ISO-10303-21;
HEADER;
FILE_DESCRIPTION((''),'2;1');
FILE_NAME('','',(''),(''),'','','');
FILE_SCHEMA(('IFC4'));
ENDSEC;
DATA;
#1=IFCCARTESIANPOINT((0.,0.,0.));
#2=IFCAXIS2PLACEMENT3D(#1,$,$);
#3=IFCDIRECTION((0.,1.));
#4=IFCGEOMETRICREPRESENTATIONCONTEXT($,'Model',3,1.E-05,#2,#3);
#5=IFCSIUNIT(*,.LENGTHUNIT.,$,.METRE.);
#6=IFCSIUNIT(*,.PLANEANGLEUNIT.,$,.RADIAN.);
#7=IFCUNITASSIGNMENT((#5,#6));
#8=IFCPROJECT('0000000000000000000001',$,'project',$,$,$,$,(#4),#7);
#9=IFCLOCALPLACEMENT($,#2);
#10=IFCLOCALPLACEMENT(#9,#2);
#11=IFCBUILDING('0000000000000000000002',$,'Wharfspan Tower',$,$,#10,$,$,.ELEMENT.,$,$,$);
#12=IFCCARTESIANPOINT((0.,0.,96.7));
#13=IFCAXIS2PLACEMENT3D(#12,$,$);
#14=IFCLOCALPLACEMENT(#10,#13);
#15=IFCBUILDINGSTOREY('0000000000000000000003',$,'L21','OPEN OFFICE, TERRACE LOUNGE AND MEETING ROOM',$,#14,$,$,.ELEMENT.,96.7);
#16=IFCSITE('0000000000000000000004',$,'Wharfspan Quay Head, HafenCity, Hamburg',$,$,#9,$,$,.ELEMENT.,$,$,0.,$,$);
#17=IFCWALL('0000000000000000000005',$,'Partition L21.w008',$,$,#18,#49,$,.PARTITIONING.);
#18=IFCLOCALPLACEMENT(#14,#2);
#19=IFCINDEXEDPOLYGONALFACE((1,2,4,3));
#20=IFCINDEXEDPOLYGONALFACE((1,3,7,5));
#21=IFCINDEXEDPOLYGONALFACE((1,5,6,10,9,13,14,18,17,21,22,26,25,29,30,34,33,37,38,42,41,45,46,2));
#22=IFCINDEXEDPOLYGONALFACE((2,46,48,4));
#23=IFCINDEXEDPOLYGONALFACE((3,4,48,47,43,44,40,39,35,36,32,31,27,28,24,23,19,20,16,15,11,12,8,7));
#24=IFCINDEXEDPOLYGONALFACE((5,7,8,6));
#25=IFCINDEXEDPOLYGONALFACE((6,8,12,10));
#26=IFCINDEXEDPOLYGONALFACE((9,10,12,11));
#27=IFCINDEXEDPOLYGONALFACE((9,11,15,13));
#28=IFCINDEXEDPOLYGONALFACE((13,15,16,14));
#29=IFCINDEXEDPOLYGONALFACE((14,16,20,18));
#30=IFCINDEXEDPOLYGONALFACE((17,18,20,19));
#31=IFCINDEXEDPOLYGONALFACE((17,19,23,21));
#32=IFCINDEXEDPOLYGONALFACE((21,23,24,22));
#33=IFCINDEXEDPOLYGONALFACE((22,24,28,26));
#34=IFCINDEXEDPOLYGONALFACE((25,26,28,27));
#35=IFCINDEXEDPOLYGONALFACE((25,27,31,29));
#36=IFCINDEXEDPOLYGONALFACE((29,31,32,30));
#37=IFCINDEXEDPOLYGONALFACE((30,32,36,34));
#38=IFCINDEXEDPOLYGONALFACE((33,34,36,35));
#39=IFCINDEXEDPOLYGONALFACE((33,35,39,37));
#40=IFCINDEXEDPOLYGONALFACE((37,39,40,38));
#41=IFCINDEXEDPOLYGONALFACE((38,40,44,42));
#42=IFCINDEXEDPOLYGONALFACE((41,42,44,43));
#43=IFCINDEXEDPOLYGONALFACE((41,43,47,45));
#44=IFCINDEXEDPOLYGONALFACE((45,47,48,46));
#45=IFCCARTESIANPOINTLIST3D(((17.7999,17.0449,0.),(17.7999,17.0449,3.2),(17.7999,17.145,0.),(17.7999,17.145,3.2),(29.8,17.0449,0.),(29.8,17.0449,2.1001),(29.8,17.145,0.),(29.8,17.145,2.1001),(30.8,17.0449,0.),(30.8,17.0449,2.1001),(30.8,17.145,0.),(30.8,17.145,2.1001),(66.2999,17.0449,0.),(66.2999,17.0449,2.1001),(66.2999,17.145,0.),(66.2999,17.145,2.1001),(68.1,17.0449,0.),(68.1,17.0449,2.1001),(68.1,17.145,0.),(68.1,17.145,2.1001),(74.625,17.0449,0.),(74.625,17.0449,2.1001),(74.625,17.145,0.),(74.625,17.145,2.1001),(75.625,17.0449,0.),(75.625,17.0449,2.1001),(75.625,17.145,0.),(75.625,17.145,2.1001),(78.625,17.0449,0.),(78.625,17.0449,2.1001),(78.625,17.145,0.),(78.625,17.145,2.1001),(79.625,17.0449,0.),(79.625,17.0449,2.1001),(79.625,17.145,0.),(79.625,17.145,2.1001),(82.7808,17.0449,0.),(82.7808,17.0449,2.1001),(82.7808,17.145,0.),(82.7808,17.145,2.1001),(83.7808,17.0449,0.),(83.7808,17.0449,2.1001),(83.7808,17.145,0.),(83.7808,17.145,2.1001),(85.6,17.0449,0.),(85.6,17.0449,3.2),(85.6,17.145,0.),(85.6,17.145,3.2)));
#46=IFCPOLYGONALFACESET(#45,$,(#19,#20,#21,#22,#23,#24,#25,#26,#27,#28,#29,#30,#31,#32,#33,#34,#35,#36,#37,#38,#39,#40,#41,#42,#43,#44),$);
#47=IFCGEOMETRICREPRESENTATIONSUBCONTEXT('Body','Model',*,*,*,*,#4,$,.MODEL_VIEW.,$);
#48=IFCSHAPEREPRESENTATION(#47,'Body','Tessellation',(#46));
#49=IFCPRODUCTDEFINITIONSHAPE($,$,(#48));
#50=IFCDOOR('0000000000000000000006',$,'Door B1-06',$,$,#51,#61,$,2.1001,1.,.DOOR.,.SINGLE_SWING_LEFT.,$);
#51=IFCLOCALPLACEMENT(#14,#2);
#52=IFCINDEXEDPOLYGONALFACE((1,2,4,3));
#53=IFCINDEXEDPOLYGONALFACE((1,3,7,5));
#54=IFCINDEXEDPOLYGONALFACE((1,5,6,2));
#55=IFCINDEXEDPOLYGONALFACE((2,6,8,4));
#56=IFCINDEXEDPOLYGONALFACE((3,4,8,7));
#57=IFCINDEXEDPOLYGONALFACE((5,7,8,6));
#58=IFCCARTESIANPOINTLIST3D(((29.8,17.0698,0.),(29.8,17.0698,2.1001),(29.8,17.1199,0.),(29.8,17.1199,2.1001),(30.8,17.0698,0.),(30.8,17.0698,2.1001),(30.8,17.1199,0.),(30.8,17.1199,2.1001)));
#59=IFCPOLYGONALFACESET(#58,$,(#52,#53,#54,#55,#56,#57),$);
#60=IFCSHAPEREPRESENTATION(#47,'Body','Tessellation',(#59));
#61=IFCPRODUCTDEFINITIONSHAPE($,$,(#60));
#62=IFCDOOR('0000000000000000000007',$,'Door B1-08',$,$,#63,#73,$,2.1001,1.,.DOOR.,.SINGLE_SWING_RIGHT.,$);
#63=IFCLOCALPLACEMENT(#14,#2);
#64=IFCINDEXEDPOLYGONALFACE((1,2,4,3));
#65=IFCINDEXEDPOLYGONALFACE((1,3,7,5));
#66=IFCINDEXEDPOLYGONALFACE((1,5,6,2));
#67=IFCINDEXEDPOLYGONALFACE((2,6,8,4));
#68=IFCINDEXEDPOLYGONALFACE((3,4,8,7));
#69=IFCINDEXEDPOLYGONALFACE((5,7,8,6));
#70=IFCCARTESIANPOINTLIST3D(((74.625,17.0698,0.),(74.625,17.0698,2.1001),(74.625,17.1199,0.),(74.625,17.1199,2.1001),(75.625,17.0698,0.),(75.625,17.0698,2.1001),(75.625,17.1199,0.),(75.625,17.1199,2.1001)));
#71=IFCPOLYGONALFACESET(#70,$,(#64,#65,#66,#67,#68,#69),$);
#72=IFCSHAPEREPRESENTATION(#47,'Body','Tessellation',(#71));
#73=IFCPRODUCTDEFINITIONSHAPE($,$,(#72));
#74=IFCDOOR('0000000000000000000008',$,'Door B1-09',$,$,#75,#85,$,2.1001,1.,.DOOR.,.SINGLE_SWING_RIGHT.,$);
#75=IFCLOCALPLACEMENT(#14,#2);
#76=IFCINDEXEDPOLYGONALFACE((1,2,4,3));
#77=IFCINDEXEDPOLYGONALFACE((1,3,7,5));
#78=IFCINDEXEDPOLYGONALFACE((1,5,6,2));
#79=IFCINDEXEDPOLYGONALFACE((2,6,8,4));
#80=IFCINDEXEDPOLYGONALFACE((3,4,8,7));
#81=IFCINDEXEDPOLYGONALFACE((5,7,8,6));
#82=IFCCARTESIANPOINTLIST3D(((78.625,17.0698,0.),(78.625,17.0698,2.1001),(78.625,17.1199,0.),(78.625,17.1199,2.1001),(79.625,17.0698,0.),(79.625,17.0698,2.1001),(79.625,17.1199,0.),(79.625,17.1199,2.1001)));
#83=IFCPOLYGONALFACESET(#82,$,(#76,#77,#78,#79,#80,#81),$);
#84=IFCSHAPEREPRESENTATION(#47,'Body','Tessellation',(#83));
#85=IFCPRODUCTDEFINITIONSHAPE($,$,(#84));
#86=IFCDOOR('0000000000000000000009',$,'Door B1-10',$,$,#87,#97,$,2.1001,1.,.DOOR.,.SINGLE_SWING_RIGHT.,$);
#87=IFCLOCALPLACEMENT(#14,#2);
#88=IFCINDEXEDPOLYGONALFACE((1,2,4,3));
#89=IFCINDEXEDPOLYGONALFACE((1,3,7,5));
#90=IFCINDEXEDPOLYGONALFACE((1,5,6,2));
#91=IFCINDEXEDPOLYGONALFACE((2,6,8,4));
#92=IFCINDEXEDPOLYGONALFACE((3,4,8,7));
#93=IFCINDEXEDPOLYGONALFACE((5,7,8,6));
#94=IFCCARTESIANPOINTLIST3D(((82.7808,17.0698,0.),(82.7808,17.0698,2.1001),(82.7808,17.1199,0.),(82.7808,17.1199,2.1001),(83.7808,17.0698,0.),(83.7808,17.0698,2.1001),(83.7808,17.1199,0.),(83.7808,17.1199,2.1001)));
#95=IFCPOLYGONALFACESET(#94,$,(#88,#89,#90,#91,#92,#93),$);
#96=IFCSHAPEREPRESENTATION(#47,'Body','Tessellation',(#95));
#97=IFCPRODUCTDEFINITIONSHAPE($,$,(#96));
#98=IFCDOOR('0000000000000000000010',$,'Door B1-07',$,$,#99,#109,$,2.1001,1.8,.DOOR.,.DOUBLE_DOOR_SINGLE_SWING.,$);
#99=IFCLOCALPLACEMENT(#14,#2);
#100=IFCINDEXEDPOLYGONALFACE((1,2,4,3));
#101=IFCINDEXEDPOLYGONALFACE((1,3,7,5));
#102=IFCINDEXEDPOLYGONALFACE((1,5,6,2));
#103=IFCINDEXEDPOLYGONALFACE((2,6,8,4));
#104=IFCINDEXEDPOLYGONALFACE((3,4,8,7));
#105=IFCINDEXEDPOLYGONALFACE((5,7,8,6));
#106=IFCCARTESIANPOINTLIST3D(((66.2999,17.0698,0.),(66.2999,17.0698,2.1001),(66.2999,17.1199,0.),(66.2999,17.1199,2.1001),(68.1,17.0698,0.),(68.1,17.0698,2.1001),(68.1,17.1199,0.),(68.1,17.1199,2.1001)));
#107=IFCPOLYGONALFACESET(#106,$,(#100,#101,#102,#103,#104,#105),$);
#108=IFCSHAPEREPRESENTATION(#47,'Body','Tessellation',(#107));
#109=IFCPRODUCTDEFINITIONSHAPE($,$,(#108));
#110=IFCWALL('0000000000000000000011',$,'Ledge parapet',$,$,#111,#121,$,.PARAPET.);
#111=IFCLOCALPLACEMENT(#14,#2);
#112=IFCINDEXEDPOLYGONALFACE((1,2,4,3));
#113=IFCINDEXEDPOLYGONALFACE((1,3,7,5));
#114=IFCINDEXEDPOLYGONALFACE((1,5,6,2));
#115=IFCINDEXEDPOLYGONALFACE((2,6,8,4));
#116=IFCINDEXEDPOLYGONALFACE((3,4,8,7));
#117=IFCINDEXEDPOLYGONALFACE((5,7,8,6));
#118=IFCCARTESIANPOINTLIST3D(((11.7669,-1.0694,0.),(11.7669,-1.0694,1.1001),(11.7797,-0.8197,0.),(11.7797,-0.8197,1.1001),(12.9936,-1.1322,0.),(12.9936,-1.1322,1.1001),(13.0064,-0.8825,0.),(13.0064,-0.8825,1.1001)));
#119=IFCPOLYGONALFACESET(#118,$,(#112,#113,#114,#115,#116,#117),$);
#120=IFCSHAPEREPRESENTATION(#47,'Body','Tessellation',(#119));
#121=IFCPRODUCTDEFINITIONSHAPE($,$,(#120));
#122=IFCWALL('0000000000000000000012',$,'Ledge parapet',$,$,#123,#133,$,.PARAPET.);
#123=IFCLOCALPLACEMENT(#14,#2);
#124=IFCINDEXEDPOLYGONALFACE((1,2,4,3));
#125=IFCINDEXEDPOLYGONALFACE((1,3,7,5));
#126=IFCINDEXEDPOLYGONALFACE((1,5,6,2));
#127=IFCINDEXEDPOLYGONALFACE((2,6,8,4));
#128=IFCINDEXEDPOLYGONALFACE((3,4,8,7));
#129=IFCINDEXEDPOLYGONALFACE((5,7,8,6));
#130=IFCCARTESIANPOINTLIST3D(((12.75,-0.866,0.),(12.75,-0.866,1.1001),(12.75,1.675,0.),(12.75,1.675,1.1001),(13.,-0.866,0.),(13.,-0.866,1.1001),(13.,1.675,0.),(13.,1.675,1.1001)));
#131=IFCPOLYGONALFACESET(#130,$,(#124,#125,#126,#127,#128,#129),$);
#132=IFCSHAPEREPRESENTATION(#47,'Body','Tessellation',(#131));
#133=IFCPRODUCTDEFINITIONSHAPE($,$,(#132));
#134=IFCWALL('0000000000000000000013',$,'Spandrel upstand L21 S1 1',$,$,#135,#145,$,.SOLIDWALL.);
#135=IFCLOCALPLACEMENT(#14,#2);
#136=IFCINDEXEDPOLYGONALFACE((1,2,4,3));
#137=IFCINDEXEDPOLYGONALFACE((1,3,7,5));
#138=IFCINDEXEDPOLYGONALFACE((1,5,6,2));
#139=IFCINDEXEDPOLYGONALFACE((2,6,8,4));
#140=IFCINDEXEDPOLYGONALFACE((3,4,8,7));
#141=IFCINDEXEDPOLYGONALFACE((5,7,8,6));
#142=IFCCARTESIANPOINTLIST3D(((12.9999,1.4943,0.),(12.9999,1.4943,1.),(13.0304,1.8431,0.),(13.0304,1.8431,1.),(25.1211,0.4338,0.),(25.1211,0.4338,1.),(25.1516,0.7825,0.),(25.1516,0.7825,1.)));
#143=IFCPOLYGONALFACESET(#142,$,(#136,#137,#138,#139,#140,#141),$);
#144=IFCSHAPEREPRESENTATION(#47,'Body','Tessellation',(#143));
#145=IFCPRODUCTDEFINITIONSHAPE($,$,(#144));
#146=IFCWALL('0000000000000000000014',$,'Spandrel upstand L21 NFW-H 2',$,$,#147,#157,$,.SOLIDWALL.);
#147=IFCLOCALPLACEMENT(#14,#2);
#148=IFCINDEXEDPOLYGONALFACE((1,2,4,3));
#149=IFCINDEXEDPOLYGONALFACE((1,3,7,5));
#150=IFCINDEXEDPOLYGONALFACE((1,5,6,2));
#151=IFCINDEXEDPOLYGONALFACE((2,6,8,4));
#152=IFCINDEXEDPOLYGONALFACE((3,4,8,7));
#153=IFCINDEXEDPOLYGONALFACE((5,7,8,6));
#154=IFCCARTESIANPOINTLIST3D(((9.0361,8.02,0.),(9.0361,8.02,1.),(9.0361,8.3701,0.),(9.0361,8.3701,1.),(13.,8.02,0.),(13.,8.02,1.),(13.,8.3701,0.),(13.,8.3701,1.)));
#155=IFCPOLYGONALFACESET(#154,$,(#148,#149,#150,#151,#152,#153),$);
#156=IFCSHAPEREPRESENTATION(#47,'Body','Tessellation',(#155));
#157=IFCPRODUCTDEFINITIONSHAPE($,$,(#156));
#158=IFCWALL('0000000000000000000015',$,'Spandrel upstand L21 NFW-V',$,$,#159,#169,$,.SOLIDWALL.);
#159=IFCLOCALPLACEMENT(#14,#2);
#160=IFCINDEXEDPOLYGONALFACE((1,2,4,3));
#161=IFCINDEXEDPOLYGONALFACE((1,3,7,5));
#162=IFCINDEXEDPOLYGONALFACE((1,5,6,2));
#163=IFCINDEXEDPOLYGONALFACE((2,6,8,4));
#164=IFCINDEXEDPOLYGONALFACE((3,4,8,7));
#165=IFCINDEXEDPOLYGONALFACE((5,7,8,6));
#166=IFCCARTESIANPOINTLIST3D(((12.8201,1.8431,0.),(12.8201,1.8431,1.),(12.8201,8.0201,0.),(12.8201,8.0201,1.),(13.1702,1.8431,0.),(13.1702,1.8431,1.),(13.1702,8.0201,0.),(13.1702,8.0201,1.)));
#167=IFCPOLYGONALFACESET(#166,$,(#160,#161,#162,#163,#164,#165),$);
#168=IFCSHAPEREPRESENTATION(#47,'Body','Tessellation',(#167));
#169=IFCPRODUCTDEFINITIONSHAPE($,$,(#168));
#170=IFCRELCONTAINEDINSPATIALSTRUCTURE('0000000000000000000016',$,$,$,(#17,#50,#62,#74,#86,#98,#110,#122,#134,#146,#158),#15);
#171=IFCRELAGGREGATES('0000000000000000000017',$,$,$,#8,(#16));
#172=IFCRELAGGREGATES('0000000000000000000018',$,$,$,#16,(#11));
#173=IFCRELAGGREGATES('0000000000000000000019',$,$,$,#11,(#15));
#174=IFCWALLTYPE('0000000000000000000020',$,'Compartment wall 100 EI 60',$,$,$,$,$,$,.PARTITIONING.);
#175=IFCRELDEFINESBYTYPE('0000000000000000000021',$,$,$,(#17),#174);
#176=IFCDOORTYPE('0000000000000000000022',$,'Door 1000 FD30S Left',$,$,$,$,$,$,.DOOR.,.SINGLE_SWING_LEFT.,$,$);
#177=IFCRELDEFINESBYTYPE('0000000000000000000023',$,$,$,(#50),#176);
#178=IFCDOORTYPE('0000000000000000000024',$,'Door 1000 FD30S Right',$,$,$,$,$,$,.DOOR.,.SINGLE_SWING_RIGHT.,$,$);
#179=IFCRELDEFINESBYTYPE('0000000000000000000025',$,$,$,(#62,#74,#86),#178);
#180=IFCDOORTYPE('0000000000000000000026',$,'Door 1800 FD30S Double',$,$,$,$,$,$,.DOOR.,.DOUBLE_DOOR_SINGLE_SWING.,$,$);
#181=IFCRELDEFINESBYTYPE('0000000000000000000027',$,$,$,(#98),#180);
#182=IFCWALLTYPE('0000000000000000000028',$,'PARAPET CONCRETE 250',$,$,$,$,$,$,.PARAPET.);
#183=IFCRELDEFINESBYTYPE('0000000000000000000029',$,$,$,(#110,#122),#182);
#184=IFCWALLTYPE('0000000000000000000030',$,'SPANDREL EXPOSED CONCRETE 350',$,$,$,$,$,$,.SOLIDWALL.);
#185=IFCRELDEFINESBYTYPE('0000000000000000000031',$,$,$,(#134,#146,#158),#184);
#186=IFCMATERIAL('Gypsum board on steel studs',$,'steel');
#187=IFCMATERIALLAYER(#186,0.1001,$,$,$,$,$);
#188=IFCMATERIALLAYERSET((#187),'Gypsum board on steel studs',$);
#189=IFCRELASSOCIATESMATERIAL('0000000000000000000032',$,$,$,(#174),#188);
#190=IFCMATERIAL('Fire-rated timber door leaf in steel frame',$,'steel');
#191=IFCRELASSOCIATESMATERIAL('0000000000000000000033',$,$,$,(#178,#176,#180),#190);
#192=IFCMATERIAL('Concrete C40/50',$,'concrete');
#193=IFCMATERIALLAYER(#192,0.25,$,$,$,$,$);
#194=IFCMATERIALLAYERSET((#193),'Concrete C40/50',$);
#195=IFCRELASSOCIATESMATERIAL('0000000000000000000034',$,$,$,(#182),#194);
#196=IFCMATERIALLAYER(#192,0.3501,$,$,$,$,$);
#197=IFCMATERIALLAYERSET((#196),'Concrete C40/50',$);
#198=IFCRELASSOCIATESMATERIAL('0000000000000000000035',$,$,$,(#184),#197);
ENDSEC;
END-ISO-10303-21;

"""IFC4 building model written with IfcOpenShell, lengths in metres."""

from ifc_helpers import new_model, si_unit, direction, frame, frame_2d, origin, place, context, subcontext, project, spatial, rectangle, extrude, material, layer, layer_set, type_object, element, fill, save


model = new_model("IFC4")

# Units and contexts
model_context = context("Model", 3, precision=1e-05, world=origin(), true_north=direction((0.0, 1.0)))
body_context = subcontext(model_context, "Body", "Model", "MODEL_VIEW")
ifc_project = project(units=[si_unit("LENGTHUNIT", "METRE"), si_unit("PLANEANGLEUNIT", "RADIAN")], contexts=[model_context])

# Site, building, storey
site_placement = place(None, origin())
site = spatial("IfcSite", under=ifc_project, at=site_placement, Name="Wharfspan Quay Head, HafenCity, Hamburg", CompositionType="ELEMENT", RefElevation=0.0)
building_placement = place(site_placement, origin())
building = spatial("IfcBuilding", under=site, at=building_placement, Name="Wharfspan Tower", CompositionType="ELEMENT")
storey_placement = place(building_placement, frame((0.0, 0.0, 96.7)))
storey = spatial("IfcBuildingStorey", under=building, at=storey_placement, Name="L21", Description="OPEN OFFICE, TERRACE LOUNGE AND MEETING ROOM", CompositionType="ELEMENT", Elevation=96.7)

# Shared definitions
ifc_material_1 = material(Name="Gypsum board on steel studs", Category="steel")
ifc_layer_1 = layer(ifc_material_1, 0.1001)
ifc_layer_set_1 = layer_set([ifc_layer_1], Name="Gypsum board on steel studs")
wall_type_1 = type_object("IfcWallType", Name="Compartment wall 100 EI 60", PredefinedType="PARTITIONING", material=ifc_layer_set_1)
ifc_material_2 = material(Name="Fire-rated timber door leaf in steel frame", Category="steel")
door_type_1 = type_object("IfcDoorType", Name="Door 1000 FD30S Right", OperationType="SINGLE_SWING_RIGHT", PredefinedType="DOOR", material=ifc_material_2)

# Wall, openings, doors
wall_1_placement = place(storey_placement, frame((17.8, 17.095, 0.0), z_axis=(0.0, 0.0, 1.0), x_axis=(1.0, 0.0, 0.0)))
wall_1 = element("IfcWall", 1, at=wall_1_placement, inside=storey, type_object=wall_type_1, Name="Partition L21.w008", PredefinedType="PARTITIONING", context=body_context, shape_type="SweptSolid", body=[
    extrude(rectangle(XDim=67.8, YDim=0.1001, at=frame_2d((33.8999, 0.0))), origin(), (0.0, 0.0, 1.0), 3.2),
])
opening_1_placement = place(wall_1_placement, frame((12.0, 0.0, 0.0)))
opening_1 = element("IfcOpeningElement", 2, at=opening_1_placement, cuts=wall_1, PredefinedType="OPENING", context=body_context, shape_type="SweptSolid", body=[
    extrude(rectangle(XDim=1.0, YDim=2.1001, at=frame_2d((0.5, 1.05))), frame((0.0, 0.0601, 0.0), z_axis=(0.0, -1.0, 0.0), x_axis=(1.0, 0.0, 0.0)), (0.0, 0.0, 1.0), 0.1201),
])
opening_2_placement = place(wall_1_placement, frame((48.5, 0.0, 0.0)))
opening_2 = element("IfcOpeningElement", 3, at=opening_2_placement, cuts=wall_1, PredefinedType="OPENING", context=body_context, shape_type="SweptSolid", body=[
    extrude(rectangle(XDim=1.8, YDim=2.1001, at=frame_2d((0.8999, 1.05))), frame((0.0, 0.0601, 0.0), z_axis=(0.0, -1.0, 0.0), x_axis=(1.0, 0.0, 0.0)), (0.0, 0.0, 1.0), 0.1201),
])
opening_3_placement = place(wall_1_placement, frame((56.825, 0.0, 0.0)))
opening_3 = element("IfcOpeningElement", 4, at=opening_3_placement, cuts=wall_1, PredefinedType="OPENING", context=body_context, shape_type="SweptSolid", body=[
    extrude(rectangle(XDim=1.0, YDim=2.1001, at=frame_2d((0.5, 1.05))), frame((0.0, 0.0601, 0.0), z_axis=(0.0, -1.0, 0.0), x_axis=(1.0, 0.0, 0.0)), (0.0, 0.0, 1.0), 0.1201),
])
opening_4_placement = place(wall_1_placement, frame((60.825, 0.0, 0.0)))
opening_4 = element("IfcOpeningElement", 5, at=opening_4_placement, cuts=wall_1, PredefinedType="OPENING", context=body_context, shape_type="SweptSolid", body=[
    extrude(rectangle(XDim=1.0, YDim=2.1001, at=frame_2d((0.5, 1.05))), frame((0.0, 0.0601, 0.0), z_axis=(0.0, -1.0, 0.0), x_axis=(1.0, 0.0, 0.0)), (0.0, 0.0, 1.0), 0.1201),
])
opening_5_placement = place(wall_1_placement, frame((64.9807, 0.0, 0.0)))
opening_5 = element("IfcOpeningElement", 6, at=opening_5_placement, cuts=wall_1, PredefinedType="OPENING", context=body_context, shape_type="SweptSolid", body=[
    extrude(rectangle(XDim=1.0, YDim=2.1001, at=frame_2d((0.5, 1.05))), frame((0.0, 0.0601, 0.0), z_axis=(0.0, -1.0, 0.0), x_axis=(1.0, 0.0, 0.0)), (0.0, 0.0, 1.0), 0.1201),
])
door_type_2 = type_object("IfcDoorType", Name="Door 1000 FD30S Left", OperationType="SINGLE_SWING_LEFT", PredefinedType="DOOR", material=ifc_material_2)
door_1_placement = place(opening_1_placement, origin())
door_1 = element("IfcDoor", 7, at=door_1_placement, inside=storey, type_object=door_type_2, Name="Door B1-06", OperationType="SINGLE_SWING_LEFT", OverallHeight=2.1001, OverallWidth=1.0, PredefinedType="DOOR", context=body_context, shape_type="SweptSolid", body=[
    extrude(rectangle(XDim=1.0, YDim=2.1001, at=frame_2d((0.5, 1.05))), frame((0.0, 0.0249, 0.0), z_axis=(0.0, -1.0, 0.0), x_axis=(1.0, 0.0, 0.0)), (0.0, 0.0, 1.0), 0.05),
])
fill(opening_1, door_1)
door_2_placement = place(opening_3_placement, origin())
door_2 = element("IfcDoor", 8, at=door_2_placement, inside=storey, type_object=door_type_1, Name="Door B1-08", OperationType="SINGLE_SWING_RIGHT", OverallHeight=2.1001, OverallWidth=1.0, PredefinedType="DOOR", context=body_context, shape_type="SweptSolid", body=[
    extrude(rectangle(XDim=1.0, YDim=2.1001, at=frame_2d((0.5, 1.05))), frame((0.0, 0.0249, 0.0), z_axis=(0.0, -1.0, 0.0), x_axis=(1.0, 0.0, 0.0)), (0.0, 0.0, 1.0), 0.05),
])
fill(opening_3, door_2)
door_3_placement = place(opening_4_placement, origin())
door_3 = element("IfcDoor", 9, at=door_3_placement, inside=storey, type_object=door_type_1, Name="Door B1-09", OperationType="SINGLE_SWING_RIGHT", OverallHeight=2.1001, OverallWidth=1.0, PredefinedType="DOOR", context=body_context, shape_type="SweptSolid", body=[
    extrude(rectangle(XDim=1.0, YDim=2.1001, at=frame_2d((0.5, 1.05))), frame((0.0, 0.0249, 0.0), z_axis=(0.0, -1.0, 0.0), x_axis=(1.0, 0.0, 0.0)), (0.0, 0.0, 1.0), 0.05),
])
fill(opening_4, door_3)
door_4_placement = place(opening_5_placement, origin())
door_4 = element("IfcDoor", 10, at=door_4_placement, inside=storey, type_object=door_type_1, Name="Door B1-10", OperationType="SINGLE_SWING_RIGHT", OverallHeight=2.1001, OverallWidth=1.0, PredefinedType="DOOR", context=body_context, shape_type="SweptSolid", body=[
    extrude(rectangle(XDim=1.0, YDim=2.1001, at=frame_2d((0.5, 1.05))), frame((0.0, 0.0249, 0.0), z_axis=(0.0, -1.0, 0.0), x_axis=(1.0, 0.0, 0.0)), (0.0, 0.0, 1.0), 0.05),
])
fill(opening_5, door_4)
door_type_3 = type_object("IfcDoorType", Name="Door 1800 FD30S Double", OperationType="DOUBLE_DOOR_SINGLE_SWING", PredefinedType="DOOR", material=ifc_material_2)
door_5_placement = place(opening_2_placement, origin())
door_5 = element("IfcDoor", 11, at=door_5_placement, inside=storey, type_object=door_type_3, Name="Door B1-07", OperationType="DOUBLE_DOOR_SINGLE_SWING", OverallHeight=2.1001, OverallWidth=1.8, PredefinedType="DOOR", context=body_context, shape_type="SweptSolid", body=[
    extrude(rectangle(XDim=1.8, YDim=2.1001, at=frame_2d((0.8999, 1.05))), frame((0.0, 0.0249, 0.0), z_axis=(0.0, -1.0, 0.0), x_axis=(1.0, 0.0, 0.0)), (0.0, 0.0, 1.0), 0.05),
])
fill(opening_2, door_5)

# Walls
ifc_material_3 = material(Name="Concrete C40/50", Category="concrete")
ifc_layer_2 = layer(ifc_material_3, 0.25)
ifc_layer_set_2 = layer_set([ifc_layer_2], Name="Concrete C40/50")
wall_type_2 = type_object("IfcWallType", Name="PARAPET CONCRETE 250", PredefinedType="PARAPET", material=ifc_layer_set_2)
wall_2_placement = place(storey_placement, frame((11.7732, -0.9446, 0.0), z_axis=(0.0, 0.0, 1.0), x_axis=(0.998698, -0.051088, 0.0)))
element("IfcWall", 12, at=wall_2_placement, inside=storey, type_object=wall_type_2, Name="Ledge parapet", PredefinedType="PARAPET", context=body_context, shape_type="SweptSolid", body=[
    extrude(rectangle(XDim=1.2283, YDim=0.25, at=frame_2d((0.6143, 0.0))), origin(), (0.0, 0.0, 1.0), 1.1001),
])
wall_3_placement = place(storey_placement, frame((12.875, -0.866, 0.0), z_axis=(0.0, 0.0, 1.0), x_axis=(0.0, 1.0, 0.0)))
element("IfcWall", 13, at=wall_3_placement, inside=storey, type_object=wall_type_2, Name="Ledge parapet", PredefinedType="PARAPET", context=body_context, shape_type="SweptSolid", body=[
    extrude(rectangle(XDim=2.541, YDim=0.25, at=frame_2d((1.2705, 0.0))), origin(), (0.0, 0.0, 1.0), 1.1001),
])
ifc_layer_3 = layer(ifc_material_3, 0.3501)
ifc_layer_set_3 = layer_set([ifc_layer_3], Name="Concrete C40/50")
wall_type_3 = type_object("IfcWallType", Name="SPANDREL EXPOSED CONCRETE 350", PredefinedType="SOLIDWALL", material=ifc_layer_set_3)
wall_4_placement = place(storey_placement, frame((13.0151, 1.6687, 0.0), z_axis=(0.0, 0.0, 1.0), x_axis=(0.996194, -0.087163, 0.0)))
element("IfcWall", 14, at=wall_4_placement, inside=storey, type_object=wall_type_3, Name="Spandrel upstand L21 S1 1", PredefinedType="SOLIDWALL", context=body_context, shape_type="SweptSolid", body=[
    extrude(rectangle(XDim=12.1675, YDim=0.3501, at=frame_2d((6.0837, 0.0))), origin(), (0.0, 0.0, 1.0), 1.0),
])
wall_5_placement = place(storey_placement, frame((9.0361, 8.1951, 0.0), z_axis=(0.0, 0.0, 1.0), x_axis=(1.0, 0.0, 0.0)))
element("IfcWall", 15, at=wall_5_placement, inside=storey, type_object=wall_type_3, Name="Spandrel upstand L21 NFW-H 2", PredefinedType="SOLIDWALL", context=body_context, shape_type="SweptSolid", body=[
    extrude(rectangle(XDim=3.9639, YDim=0.3501, at=frame_2d((1.9819, 0.0))), origin(), (0.0, 0.0, 1.0), 1.0),
])
wall_6_placement = place(storey_placement, frame((12.9951, 8.02, 0.0), z_axis=(0.0, 0.0, 1.0), x_axis=(0.0, -1.0, 0.0)))
element("IfcWall", 16, at=wall_6_placement, inside=storey, type_object=wall_type_3, Name="Spandrel upstand L21 NFW-V", PredefinedType="SOLIDWALL", context=body_context, shape_type="SweptSolid", body=[
    extrude(rectangle(XDim=6.177, YDim=0.3501, at=frame_2d((3.0884, 0.0))), origin(), (0.0, 0.0, 1.0), 1.0),
])

save(model, "model.ifc")
